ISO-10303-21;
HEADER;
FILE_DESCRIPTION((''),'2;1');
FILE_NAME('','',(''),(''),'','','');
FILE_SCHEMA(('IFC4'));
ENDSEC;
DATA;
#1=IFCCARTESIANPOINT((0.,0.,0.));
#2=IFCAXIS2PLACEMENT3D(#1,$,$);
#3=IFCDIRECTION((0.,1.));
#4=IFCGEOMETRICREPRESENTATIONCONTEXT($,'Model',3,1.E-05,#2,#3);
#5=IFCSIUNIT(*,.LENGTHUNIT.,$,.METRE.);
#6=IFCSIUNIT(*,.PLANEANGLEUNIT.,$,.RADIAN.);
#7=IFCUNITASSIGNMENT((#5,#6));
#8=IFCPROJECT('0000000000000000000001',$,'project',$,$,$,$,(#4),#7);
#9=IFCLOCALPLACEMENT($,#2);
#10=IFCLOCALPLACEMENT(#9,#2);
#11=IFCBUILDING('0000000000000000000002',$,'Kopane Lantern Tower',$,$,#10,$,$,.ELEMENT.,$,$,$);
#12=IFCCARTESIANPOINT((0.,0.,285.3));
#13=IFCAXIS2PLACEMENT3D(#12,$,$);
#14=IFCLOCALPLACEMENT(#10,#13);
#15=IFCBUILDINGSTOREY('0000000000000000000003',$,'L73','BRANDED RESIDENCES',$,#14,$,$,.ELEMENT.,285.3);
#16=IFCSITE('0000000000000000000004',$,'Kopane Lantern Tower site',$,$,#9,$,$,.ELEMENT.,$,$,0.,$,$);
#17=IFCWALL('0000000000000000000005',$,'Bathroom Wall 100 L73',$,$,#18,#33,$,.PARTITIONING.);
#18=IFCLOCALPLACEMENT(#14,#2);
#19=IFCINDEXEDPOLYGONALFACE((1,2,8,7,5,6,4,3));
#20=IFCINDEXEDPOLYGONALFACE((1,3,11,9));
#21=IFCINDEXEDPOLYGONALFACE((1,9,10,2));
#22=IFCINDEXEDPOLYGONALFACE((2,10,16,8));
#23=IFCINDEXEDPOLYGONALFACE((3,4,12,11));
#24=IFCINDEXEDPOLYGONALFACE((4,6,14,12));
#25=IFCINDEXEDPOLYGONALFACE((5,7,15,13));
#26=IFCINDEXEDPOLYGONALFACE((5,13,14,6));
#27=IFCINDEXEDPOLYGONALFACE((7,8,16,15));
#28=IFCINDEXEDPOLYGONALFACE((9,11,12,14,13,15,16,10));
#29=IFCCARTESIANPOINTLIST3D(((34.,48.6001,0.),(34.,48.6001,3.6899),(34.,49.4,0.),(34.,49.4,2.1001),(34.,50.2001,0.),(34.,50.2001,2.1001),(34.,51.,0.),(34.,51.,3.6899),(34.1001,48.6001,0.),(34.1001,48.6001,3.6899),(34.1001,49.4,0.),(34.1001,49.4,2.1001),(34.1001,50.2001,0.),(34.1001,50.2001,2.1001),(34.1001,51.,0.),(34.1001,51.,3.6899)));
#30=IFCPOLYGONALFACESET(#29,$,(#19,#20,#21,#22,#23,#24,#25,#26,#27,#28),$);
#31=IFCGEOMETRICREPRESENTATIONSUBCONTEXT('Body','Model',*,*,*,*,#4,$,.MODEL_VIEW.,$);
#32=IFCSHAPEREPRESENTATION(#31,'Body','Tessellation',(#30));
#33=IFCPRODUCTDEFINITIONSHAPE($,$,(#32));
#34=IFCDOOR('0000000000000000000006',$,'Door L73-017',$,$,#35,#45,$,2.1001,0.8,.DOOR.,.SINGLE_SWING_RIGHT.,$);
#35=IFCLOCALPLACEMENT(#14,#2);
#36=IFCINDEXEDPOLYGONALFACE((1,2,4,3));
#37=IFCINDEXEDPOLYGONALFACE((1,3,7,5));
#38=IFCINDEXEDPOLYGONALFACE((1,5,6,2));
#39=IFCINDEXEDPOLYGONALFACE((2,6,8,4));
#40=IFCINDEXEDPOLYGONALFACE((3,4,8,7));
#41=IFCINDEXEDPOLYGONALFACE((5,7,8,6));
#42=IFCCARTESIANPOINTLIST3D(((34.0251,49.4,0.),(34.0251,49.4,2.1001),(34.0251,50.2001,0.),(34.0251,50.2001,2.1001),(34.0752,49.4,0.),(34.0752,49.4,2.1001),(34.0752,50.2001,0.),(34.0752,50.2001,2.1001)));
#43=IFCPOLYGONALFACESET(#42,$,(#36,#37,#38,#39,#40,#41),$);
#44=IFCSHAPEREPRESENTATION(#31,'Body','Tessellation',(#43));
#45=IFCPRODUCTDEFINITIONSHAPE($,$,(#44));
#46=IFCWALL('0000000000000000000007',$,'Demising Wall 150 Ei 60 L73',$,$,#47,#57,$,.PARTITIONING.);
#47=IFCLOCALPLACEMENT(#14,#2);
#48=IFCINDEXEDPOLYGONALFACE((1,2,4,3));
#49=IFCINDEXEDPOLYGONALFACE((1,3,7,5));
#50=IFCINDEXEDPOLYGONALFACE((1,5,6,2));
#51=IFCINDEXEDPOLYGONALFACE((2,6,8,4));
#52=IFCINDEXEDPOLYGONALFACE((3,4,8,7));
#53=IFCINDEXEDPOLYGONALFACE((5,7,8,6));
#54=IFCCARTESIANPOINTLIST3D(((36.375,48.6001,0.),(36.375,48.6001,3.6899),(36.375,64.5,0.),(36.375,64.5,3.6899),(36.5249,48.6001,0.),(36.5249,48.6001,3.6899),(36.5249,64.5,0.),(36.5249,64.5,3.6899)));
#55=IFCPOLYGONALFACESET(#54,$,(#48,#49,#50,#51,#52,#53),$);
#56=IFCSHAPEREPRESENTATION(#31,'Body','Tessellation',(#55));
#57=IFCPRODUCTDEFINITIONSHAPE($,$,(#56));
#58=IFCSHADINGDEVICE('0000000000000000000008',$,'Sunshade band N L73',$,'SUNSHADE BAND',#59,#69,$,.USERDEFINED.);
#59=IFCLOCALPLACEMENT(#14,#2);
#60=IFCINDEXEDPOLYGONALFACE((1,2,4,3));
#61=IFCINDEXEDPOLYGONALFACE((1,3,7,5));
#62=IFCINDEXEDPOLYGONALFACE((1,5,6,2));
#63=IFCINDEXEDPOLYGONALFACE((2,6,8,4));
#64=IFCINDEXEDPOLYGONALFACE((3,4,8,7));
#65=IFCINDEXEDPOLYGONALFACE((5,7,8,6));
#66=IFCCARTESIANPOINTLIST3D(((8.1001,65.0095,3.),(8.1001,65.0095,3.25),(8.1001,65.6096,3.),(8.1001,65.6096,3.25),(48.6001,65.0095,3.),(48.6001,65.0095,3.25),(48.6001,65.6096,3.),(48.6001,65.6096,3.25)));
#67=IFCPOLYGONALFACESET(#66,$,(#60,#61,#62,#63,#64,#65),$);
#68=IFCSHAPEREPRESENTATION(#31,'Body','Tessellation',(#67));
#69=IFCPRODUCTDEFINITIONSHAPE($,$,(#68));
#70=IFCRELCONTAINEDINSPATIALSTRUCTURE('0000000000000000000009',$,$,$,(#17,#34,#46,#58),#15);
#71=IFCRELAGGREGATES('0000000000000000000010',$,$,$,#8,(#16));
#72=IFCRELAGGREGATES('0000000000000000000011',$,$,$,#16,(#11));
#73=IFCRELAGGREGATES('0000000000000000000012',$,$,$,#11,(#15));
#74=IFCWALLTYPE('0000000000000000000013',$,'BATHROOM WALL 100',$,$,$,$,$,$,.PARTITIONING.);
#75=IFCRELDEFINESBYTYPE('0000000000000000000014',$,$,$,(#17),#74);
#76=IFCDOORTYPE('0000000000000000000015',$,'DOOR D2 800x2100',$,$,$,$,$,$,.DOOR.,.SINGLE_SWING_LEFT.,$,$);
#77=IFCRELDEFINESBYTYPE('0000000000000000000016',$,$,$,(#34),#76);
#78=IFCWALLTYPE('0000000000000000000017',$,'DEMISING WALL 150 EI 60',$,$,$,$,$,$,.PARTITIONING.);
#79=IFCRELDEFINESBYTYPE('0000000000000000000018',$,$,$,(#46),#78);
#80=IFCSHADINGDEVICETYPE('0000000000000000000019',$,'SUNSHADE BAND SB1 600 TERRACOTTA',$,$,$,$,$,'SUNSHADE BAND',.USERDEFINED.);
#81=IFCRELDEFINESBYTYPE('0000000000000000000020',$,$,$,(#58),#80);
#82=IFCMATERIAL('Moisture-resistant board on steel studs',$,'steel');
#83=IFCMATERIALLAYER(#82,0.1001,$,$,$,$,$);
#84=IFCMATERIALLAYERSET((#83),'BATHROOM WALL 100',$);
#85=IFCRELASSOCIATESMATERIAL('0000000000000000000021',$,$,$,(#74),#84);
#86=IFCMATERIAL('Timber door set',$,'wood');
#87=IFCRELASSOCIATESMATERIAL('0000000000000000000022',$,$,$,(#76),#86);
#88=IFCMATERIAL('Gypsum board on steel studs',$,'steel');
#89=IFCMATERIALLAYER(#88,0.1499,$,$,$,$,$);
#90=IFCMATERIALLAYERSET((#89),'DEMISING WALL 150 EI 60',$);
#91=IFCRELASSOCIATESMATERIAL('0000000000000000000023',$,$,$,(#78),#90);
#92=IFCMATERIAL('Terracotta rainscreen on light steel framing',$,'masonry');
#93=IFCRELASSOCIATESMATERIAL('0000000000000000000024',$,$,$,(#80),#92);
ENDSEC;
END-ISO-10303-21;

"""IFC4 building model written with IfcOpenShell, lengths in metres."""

from ifc_helpers import new_model, si_unit, direction, frame, frame_2d, origin, origin_2d, place, context, subcontext, project, spatial, rectangle, extrude, material, layer, layer_set, type_object, element, fill, save


model = new_model("IFC4")

# Units and contexts
model_context = context("Model", 3, precision=1e-05, world=origin(), true_north=direction((0.0, 1.0)))
body_context = subcontext(model_context, "Body", "Model", "MODEL_VIEW")
ifc_project = project(units=[si_unit("LENGTHUNIT", "METRE"), si_unit("PLANEANGLEUNIT", "RADIAN")], contexts=[model_context])

# Site, building, storey
site_placement = place(None, origin())
site = spatial("IfcSite", under=ifc_project, at=site_placement, Name="Kopane Lantern Tower site", CompositionType="ELEMENT", RefElevation=0.0)
building_placement = place(site_placement, origin())
building = spatial("IfcBuilding", under=site, at=building_placement, Name="Kopane Lantern Tower", CompositionType="ELEMENT")
storey_placement = place(building_placement, frame((0.0, 0.0, 285.3)))
storey = spatial("IfcBuildingStorey", under=building, at=storey_placement, Name="L73", Description="BRANDED RESIDENCES", CompositionType="ELEMENT", Elevation=285.3)

# Wall, opening, door
ifc_material_1 = material(Name="Moisture-resistant board on steel studs", Category="steel")
ifc_layer_1 = layer(ifc_material_1, 0.1001)
ifc_layer_set_1 = layer_set([ifc_layer_1], Name="BATHROOM WALL 100")
wall_type_1 = type_object("IfcWallType", Name="BATHROOM WALL 100", PredefinedType="PARTITIONING", material=ifc_layer_set_1)
wall_1_placement = place(storey_placement, frame((34.05, 48.6001, 0.0), z_axis=(0.0, 0.0, 1.0), x_axis=(0.0, 1.0, 0.0)))
wall_1 = element("IfcWall", 1, at=wall_1_placement, inside=storey, type_object=wall_type_1, Name="Bathroom Wall 100 L73", PredefinedType="PARTITIONING", context=body_context, shape_type="SweptSolid", body=[
    extrude(rectangle(XDim=2.3999, YDim=0.1001, at=frame_2d((1.2, 0.0))), origin(), (0.0, 0.0, 1.0), 3.6899),
])
opening_1_placement = place(wall_1_placement, frame((0.8, 0.0, 0.0)))
opening_1 = element("IfcOpeningElement", 2, at=opening_1_placement, cuts=wall_1, PredefinedType="OPENING", context=body_context, shape_type="SweptSolid", body=[
    extrude(rectangle(XDim=0.8, YDim=2.1001, at=frame_2d((0.3999, 1.05))), frame((0.0, 0.0601, 0.0), z_axis=(0.0, -1.0, 0.0), x_axis=(1.0, 0.0, 0.0)), (0.0, 0.0, 1.0), 0.1201),
])
ifc_material_2 = material(Name="Timber door set", Category="wood")
door_type_1 = type_object("IfcDoorType", Name="DOOR D2 800x2100", OperationType="SINGLE_SWING_LEFT", PredefinedType="DOOR", material=ifc_material_2)
door_1_placement = place(opening_1_placement, origin())
door_1 = element("IfcDoor", 3, at=door_1_placement, inside=storey, type_object=door_type_1, Name="Door L73-017", OperationType="SINGLE_SWING_RIGHT", OverallHeight=2.1001, OverallWidth=0.8, PredefinedType="DOOR", context=body_context, shape_type="SweptSolid", body=[
    extrude(rectangle(XDim=0.8, YDim=2.1001, at=frame_2d((0.3999, 1.05))), frame((0.0, 0.0249, 0.0), z_axis=(0.0, -1.0, 0.0), x_axis=(1.0, 0.0, 0.0)), (0.0, 0.0, 1.0), 0.05),
])
fill(opening_1, door_1)

# Wall
ifc_material_3 = material(Name="Gypsum board on steel studs", Category="steel")
ifc_layer_2 = layer(ifc_material_3, 0.1499)
ifc_layer_set_2 = layer_set([ifc_layer_2], Name="DEMISING WALL 150 EI 60")
wall_type_2 = type_object("IfcWallType", Name="DEMISING WALL 150 EI 60", PredefinedType="PARTITIONING", material=ifc_layer_set_2)
wall_2_placement = place(storey_placement, frame((36.45, 64.5, 0.0), z_axis=(0.0, 0.0, 1.0), x_axis=(0.0, -1.0, 0.0)))
element("IfcWall", 4, at=wall_2_placement, inside=storey, type_object=wall_type_2, Name="Demising Wall 150 Ei 60 L73", PredefinedType="PARTITIONING", context=body_context, shape_type="SweptSolid", body=[
    extrude(rectangle(XDim=15.8999, YDim=0.1499, at=frame_2d((7.95, 0.0))), origin(), (0.0, 0.0, 1.0), 3.6899),
])

# Shading device
ifc_material_4 = material(Name="Terracotta rainscreen on light steel framing", Category="masonry")
shading_device_type = type_object("IfcShadingDeviceType", Name="SUNSHADE BAND SB1 600 TERRACOTTA", ElementType="SUNSHADE BAND", PredefinedType="USERDEFINED", material=ifc_material_4)
shading_device_placement = place(storey_placement, frame((28.3501, 65.3096, 3.0), z_axis=(0.0, 0.0, 1.0), x_axis=(-1.0, 0.0, 0.0)))
element("IfcShadingDevice", 5, at=shading_device_placement, inside=storey, type_object=shading_device_type, Name="Sunshade band N L73", ObjectType="SUNSHADE BAND", PredefinedType="USERDEFINED", context=body_context, shape_type="SweptSolid", body=[
    extrude(rectangle(XDim=40.5, YDim=0.6001, at=origin_2d()), origin(), (0.0, 0.0, 1.0), 0.25),
])

save(model, "model.ifc")
